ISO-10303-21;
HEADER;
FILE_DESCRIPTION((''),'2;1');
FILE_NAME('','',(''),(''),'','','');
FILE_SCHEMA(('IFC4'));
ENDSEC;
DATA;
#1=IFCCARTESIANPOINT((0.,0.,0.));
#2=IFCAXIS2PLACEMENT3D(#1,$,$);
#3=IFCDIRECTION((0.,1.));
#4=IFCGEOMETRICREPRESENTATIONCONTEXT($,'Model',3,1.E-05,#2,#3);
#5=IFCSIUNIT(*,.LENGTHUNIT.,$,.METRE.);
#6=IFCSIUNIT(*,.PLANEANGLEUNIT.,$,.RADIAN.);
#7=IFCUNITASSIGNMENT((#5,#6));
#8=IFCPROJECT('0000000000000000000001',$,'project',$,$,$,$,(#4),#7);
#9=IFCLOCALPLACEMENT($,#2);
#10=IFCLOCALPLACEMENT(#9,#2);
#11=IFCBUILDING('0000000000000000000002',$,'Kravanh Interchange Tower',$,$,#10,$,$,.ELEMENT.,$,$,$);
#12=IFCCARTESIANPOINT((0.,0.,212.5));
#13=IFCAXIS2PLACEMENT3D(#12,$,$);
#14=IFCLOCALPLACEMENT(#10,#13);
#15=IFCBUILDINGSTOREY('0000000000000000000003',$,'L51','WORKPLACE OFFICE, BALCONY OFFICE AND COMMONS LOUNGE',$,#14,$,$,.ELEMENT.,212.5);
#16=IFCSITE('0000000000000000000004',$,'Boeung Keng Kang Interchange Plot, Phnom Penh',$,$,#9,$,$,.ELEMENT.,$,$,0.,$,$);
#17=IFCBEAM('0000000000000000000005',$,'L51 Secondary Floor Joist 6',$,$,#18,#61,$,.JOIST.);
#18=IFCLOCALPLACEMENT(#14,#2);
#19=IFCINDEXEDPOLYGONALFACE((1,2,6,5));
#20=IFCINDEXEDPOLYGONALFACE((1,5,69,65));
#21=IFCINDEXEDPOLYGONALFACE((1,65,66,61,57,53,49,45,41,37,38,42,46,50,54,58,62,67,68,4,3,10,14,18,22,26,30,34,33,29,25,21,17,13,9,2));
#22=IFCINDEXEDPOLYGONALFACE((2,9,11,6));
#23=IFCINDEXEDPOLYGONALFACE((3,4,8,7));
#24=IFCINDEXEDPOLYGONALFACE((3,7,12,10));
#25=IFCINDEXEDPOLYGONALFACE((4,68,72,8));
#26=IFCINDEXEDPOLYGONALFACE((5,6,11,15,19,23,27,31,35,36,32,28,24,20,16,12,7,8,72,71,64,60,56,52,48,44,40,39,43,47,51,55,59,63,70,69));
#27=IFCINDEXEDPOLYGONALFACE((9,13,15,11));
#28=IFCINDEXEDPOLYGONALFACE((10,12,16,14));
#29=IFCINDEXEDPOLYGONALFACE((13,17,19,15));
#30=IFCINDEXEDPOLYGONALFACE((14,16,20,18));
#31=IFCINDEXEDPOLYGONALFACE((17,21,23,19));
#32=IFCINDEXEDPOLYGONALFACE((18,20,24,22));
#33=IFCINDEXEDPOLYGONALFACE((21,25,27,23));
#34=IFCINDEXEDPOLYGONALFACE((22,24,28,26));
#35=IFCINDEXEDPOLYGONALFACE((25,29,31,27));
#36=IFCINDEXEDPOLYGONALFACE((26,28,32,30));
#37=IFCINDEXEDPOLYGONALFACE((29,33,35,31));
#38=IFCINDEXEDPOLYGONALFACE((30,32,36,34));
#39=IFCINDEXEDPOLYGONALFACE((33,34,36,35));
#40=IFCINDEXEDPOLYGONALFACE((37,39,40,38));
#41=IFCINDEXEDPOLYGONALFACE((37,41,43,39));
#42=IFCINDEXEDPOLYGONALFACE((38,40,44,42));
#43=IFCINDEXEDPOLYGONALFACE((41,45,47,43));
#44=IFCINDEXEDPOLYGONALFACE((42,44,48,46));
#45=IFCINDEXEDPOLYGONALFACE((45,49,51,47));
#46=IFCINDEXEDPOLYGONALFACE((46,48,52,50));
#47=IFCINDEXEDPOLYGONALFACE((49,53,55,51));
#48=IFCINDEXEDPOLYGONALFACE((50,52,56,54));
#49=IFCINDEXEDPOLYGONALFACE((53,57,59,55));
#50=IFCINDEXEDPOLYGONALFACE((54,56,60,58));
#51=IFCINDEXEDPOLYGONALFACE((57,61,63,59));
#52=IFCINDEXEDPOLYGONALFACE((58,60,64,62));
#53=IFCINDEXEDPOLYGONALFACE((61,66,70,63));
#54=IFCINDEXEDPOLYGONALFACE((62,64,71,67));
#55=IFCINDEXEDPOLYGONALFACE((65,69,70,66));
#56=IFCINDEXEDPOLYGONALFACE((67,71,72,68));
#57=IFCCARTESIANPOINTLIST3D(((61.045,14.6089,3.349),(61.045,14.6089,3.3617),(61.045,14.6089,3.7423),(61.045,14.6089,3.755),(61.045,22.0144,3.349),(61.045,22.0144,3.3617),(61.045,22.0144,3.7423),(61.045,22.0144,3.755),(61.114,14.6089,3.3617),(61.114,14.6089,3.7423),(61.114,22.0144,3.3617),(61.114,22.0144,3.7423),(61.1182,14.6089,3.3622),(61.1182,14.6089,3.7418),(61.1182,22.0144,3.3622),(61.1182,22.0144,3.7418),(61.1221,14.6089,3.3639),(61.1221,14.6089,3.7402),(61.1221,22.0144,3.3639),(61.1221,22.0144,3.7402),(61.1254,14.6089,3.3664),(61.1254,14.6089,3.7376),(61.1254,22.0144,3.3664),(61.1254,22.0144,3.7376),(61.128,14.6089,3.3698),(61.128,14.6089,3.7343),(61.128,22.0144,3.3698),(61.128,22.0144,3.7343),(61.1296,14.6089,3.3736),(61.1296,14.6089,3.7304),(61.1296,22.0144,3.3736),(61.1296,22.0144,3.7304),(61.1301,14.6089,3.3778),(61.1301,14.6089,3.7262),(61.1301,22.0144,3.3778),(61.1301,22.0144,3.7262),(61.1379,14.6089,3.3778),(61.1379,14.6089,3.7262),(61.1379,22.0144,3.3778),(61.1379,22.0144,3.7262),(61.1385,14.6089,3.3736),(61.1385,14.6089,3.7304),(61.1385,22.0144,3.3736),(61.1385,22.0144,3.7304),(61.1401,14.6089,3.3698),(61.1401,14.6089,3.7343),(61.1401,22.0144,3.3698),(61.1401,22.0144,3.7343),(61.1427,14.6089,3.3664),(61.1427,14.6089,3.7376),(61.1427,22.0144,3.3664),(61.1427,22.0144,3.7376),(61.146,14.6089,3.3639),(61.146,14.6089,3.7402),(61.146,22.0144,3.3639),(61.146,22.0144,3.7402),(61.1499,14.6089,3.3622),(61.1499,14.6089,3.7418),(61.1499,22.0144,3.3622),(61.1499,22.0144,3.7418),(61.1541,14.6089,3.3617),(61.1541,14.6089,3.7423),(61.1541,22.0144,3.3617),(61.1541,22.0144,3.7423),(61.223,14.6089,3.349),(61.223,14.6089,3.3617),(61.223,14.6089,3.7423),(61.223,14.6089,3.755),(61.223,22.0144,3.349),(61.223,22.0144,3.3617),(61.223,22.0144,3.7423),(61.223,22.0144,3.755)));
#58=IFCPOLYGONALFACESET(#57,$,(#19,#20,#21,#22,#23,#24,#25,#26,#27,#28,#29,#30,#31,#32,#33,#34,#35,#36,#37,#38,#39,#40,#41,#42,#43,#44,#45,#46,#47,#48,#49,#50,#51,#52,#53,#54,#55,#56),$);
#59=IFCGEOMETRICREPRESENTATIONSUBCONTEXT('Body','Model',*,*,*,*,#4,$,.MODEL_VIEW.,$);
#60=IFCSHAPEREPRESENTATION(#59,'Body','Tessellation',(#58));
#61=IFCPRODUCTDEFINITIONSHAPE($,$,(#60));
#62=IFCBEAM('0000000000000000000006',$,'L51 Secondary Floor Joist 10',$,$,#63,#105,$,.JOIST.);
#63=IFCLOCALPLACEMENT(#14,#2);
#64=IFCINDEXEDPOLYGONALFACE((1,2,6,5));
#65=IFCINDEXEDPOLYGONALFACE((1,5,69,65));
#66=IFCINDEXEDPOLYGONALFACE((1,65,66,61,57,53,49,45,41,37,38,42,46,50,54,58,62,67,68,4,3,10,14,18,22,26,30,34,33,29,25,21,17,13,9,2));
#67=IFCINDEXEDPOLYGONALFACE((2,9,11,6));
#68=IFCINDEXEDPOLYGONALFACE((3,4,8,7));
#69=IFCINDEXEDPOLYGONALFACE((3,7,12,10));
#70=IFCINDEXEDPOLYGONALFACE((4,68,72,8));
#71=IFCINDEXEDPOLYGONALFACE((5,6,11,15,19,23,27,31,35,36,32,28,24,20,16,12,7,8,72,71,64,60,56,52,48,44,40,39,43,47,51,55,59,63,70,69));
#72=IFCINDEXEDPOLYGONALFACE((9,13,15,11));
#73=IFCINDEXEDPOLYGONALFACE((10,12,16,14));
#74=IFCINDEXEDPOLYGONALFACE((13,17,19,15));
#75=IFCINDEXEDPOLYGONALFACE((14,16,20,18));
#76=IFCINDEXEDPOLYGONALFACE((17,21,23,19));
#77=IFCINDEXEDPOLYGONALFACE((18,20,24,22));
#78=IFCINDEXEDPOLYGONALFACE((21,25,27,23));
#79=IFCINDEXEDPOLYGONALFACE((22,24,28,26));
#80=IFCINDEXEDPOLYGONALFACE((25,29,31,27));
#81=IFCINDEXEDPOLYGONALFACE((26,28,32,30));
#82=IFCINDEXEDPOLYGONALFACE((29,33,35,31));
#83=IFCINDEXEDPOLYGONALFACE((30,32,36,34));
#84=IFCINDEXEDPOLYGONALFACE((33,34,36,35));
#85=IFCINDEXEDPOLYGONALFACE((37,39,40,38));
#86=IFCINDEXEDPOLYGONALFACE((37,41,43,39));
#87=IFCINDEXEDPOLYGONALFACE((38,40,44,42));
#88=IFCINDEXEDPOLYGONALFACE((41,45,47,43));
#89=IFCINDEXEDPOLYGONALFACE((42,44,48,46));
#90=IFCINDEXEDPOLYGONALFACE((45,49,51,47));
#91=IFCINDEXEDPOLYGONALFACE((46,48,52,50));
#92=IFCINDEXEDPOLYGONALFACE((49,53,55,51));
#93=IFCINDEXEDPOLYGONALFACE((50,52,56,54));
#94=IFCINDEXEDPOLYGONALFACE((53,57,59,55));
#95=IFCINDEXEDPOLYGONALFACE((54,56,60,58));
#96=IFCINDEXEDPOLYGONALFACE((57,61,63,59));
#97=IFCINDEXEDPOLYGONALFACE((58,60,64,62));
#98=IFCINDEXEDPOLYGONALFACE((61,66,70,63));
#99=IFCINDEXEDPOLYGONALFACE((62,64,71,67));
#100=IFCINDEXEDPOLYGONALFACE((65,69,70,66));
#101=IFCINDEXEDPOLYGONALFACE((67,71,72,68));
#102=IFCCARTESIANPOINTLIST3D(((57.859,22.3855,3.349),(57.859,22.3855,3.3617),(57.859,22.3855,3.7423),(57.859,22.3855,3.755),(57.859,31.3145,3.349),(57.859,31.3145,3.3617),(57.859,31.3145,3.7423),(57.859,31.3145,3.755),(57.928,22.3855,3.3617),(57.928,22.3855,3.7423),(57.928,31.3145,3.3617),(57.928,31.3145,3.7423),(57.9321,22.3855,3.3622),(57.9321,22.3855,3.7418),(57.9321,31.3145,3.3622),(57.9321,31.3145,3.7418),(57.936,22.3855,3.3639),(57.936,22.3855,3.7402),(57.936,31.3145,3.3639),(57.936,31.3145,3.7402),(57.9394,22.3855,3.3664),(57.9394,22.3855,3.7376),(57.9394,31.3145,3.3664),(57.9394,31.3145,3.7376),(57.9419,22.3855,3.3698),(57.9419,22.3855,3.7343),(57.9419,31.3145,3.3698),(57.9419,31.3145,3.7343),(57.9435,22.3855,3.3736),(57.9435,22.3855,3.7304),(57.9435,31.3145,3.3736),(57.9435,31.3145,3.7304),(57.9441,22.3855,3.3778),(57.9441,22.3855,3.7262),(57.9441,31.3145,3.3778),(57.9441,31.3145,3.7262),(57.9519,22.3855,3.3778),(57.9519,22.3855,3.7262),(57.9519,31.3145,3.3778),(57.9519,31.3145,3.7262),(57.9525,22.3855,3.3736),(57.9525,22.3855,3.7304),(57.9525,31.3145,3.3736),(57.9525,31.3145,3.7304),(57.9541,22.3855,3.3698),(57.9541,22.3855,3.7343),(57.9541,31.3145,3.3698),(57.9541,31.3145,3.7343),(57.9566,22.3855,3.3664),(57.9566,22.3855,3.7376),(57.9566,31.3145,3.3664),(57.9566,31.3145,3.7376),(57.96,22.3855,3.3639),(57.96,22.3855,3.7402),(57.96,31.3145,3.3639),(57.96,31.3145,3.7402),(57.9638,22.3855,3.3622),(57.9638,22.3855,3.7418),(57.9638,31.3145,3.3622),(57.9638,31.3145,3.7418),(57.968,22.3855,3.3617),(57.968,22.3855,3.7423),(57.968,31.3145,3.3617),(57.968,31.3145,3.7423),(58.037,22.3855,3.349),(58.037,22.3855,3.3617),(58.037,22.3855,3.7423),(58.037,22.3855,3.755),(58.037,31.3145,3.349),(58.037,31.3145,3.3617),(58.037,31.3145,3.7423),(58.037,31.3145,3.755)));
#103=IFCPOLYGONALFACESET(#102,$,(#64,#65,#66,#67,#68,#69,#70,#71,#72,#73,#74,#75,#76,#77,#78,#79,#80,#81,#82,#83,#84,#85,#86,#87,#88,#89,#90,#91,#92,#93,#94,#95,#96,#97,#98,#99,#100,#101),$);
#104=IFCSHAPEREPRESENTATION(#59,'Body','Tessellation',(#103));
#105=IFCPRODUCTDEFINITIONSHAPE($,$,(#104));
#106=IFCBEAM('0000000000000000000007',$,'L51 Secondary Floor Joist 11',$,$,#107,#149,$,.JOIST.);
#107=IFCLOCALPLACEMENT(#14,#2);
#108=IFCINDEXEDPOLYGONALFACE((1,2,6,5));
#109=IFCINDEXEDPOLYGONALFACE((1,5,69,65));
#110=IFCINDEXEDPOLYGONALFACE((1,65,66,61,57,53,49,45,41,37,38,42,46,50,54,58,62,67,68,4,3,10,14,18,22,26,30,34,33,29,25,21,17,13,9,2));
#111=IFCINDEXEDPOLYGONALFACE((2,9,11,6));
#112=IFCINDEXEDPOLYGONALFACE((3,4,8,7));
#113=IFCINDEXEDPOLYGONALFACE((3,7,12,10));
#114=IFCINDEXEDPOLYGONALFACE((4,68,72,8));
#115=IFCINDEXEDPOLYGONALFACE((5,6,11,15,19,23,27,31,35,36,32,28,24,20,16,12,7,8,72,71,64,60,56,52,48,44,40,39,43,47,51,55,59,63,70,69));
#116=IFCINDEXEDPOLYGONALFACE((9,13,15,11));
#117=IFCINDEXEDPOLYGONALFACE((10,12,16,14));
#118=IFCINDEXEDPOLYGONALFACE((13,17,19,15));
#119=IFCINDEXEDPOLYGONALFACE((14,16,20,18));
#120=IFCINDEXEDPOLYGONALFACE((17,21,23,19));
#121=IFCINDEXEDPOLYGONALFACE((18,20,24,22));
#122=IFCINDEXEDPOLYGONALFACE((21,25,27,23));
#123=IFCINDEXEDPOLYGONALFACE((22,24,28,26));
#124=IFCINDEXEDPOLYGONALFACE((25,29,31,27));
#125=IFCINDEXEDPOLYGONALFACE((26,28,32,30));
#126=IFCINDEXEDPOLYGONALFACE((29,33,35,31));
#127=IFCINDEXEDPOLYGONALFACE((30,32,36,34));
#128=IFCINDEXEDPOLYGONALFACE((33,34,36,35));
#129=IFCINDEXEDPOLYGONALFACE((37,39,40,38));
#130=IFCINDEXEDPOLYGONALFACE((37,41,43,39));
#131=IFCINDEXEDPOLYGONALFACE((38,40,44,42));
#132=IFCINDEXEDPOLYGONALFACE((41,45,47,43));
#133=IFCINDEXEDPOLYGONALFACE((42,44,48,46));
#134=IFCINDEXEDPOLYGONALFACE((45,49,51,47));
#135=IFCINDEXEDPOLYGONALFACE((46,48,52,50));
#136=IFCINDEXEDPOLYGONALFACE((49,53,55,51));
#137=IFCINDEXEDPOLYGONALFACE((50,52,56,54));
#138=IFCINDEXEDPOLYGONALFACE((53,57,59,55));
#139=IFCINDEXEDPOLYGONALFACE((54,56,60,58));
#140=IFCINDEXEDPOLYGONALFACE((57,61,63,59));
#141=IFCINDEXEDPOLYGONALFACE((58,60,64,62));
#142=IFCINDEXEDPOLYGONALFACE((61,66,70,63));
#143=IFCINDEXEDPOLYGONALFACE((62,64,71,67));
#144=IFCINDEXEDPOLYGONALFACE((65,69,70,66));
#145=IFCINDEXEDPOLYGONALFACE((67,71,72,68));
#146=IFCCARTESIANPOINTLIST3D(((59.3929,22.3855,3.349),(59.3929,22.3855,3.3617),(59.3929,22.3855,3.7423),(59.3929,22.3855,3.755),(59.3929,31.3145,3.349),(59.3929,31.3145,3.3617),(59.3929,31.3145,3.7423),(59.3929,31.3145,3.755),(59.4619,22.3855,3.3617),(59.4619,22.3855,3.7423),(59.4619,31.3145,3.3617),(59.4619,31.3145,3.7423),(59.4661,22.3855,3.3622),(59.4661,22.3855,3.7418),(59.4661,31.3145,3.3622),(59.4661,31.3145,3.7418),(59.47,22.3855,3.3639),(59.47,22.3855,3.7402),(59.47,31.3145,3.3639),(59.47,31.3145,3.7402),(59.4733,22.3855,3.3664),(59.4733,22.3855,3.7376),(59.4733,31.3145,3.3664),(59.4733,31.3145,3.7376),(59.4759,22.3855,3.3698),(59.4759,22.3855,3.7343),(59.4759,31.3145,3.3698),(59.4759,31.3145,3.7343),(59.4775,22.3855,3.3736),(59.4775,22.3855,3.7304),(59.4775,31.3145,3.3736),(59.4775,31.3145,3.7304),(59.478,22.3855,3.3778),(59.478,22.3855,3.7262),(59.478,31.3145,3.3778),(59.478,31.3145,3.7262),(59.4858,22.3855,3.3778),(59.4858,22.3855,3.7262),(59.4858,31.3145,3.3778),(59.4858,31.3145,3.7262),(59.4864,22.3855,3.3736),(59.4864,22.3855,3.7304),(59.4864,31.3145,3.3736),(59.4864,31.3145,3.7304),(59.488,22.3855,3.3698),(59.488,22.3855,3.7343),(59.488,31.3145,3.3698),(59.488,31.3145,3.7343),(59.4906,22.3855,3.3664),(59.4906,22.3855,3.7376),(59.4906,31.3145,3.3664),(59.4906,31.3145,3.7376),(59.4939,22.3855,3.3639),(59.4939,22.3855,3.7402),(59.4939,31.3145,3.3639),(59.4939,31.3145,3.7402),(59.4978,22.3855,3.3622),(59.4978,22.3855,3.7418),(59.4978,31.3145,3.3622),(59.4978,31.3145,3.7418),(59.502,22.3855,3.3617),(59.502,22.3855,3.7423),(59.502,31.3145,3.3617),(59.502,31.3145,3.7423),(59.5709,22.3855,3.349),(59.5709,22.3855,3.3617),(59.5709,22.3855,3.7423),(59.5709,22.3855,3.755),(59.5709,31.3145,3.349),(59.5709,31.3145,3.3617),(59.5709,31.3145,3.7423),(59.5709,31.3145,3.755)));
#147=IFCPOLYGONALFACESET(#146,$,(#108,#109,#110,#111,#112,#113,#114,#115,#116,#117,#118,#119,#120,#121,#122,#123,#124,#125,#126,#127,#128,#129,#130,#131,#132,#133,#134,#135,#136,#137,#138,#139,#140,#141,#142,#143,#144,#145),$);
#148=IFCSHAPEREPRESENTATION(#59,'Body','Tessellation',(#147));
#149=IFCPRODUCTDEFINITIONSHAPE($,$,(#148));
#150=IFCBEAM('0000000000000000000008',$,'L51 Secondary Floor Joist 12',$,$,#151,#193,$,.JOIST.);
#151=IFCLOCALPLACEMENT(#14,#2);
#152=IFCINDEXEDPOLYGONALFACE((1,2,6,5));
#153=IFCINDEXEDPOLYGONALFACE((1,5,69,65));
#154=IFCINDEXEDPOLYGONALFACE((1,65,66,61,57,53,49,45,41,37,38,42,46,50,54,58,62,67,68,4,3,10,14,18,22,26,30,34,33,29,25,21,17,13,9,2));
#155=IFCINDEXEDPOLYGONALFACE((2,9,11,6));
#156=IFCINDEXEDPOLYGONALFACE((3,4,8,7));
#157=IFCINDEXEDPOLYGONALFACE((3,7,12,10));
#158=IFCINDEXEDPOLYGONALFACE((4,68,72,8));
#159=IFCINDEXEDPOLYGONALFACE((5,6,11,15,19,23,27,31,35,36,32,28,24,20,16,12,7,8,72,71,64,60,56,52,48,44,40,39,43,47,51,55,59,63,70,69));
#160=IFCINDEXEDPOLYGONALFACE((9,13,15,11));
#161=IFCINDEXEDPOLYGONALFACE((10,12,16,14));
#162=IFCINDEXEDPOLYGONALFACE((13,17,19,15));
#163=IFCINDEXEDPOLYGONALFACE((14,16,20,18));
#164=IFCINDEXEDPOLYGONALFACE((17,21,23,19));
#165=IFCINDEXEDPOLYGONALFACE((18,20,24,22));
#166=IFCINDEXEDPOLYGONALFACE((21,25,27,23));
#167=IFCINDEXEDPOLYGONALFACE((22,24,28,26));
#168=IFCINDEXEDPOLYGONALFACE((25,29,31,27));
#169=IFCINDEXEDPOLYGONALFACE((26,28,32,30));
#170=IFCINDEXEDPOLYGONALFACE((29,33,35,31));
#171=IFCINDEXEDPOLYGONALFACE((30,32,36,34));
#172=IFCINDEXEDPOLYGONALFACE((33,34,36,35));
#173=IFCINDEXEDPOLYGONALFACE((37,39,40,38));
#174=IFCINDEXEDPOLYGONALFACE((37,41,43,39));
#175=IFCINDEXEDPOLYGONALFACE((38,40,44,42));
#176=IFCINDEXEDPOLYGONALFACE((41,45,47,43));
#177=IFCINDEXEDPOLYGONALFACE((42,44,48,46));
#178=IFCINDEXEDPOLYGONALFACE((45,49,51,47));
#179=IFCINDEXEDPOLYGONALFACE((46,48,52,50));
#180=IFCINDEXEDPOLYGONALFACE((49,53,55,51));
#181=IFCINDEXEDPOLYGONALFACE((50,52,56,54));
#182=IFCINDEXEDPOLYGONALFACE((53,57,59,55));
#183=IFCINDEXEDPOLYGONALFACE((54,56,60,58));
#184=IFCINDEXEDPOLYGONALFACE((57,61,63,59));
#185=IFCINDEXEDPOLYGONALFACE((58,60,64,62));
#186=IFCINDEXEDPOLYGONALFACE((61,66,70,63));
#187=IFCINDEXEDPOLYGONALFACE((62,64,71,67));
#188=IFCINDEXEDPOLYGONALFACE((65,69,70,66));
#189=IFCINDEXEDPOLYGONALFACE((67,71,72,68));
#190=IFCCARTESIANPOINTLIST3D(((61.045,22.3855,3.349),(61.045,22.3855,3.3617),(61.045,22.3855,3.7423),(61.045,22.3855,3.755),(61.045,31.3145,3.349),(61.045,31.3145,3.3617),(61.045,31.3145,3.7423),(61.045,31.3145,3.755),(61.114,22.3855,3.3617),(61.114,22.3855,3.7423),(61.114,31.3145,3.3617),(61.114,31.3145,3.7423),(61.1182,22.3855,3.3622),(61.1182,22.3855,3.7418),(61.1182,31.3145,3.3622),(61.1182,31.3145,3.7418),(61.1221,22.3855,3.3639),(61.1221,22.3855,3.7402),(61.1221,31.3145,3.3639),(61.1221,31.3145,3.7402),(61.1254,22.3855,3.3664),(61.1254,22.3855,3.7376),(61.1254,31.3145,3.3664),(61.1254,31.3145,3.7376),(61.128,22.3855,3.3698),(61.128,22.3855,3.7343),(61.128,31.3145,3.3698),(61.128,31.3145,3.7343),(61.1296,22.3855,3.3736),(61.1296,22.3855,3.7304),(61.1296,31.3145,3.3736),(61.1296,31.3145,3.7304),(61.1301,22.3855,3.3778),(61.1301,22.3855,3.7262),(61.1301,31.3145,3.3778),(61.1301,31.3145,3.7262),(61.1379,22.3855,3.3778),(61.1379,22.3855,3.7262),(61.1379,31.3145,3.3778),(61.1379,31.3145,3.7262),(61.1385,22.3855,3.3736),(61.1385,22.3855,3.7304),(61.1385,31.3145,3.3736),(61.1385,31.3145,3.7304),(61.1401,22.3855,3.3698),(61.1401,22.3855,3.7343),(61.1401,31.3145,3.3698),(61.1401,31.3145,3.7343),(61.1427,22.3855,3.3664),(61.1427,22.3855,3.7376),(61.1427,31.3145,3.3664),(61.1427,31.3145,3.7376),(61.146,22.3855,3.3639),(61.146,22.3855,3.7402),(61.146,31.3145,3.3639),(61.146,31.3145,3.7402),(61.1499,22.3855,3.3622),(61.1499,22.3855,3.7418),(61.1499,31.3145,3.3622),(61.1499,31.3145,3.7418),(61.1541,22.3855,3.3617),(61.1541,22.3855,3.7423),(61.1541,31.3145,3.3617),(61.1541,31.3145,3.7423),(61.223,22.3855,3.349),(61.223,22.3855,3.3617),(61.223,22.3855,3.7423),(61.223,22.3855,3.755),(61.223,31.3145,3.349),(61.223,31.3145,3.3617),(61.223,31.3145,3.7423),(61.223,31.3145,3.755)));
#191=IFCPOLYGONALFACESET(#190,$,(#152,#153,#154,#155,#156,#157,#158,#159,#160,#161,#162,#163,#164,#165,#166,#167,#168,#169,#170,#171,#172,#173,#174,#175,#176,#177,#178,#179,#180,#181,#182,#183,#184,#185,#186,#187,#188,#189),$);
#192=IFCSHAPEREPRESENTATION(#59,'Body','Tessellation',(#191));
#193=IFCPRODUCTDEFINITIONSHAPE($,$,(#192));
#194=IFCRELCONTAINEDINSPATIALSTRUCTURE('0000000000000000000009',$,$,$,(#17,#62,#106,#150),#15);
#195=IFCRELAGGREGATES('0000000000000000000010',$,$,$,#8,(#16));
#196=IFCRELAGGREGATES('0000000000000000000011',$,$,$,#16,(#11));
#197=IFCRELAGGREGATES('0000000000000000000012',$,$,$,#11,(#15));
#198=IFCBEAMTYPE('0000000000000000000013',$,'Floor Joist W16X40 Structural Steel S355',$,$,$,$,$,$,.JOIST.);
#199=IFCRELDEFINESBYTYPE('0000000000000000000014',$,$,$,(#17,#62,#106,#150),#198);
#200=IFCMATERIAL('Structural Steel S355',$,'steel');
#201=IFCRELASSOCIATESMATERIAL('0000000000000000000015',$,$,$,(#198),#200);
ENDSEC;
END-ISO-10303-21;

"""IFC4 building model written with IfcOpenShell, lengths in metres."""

from ifc_helpers import new_model, si_unit, direction, frame, origin, origin_2d, place, context, subcontext, project, spatial, i_section, extrude, material, material_profile, profile_set, type_object, element, save


model = new_model("IFC4")

# Units and contexts
model_context = context("Model", 3, precision=1e-05, world=origin(), true_north=direction((0.0, 1.0)))
body_context = subcontext(model_context, "Body", "Model", "MODEL_VIEW")
ifc_project = project(units=[si_unit("LENGTHUNIT", "METRE"), si_unit("PLANEANGLEUNIT", "RADIAN")], contexts=[model_context])

# Site, building, storey
site_placement = place(None, origin())
site = spatial("IfcSite", under=ifc_project, at=site_placement, Name="Boeung Keng Kang Interchange Plot, Phnom Penh", CompositionType="ELEMENT", RefElevation=0.0)
building_placement = place(site_placement, origin())
building = spatial("IfcBuilding", under=site, at=building_placement, Name="Kravanh Interchange Tower", CompositionType="ELEMENT")
storey_placement = place(building_placement, frame((0.0, 0.0, 212.5)))
storey = spatial("IfcBuildingStorey", under=building, at=storey_placement, Name="L51", Description="WORKPLACE OFFICE, BALCONY OFFICE AND COMMONS LOUNGE", CompositionType="ELEMENT", Elevation=212.5)

# Beams
ifc_material_1 = material(Name="Structural Steel S355", Category="steel")
ifc_material_profile_1 = material_profile(ifc_material_1, i_section(OverallWidth=0.178, OverallDepth=0.406, WebThickness=0.0078, FlangeThickness=0.0127, FilletRadius=0.0161, at=origin_2d()), Name="W16X40")
ifc_profile_set_1 = profile_set([ifc_material_profile_1], Name="Structural Steel S355")
beam_type_1 = type_object("IfcBeamType", Name="Floor Joist W16X40 Structural Steel S355", PredefinedType="JOIST", material=ifc_profile_set_1)
for number, where, z_axis, x_axis, name in (
    (1, (61.134, 14.6089, 3.552), (0.0, 1.0, 0.0), (-1.0, 0.0, 0.0), "L51 Secondary Floor Joist 6"),
):
    element("IfcBeam", number, at=place(storey_placement, frame(where, z_axis=z_axis, x_axis=x_axis)), inside=storey, type_object=beam_type_1, Name=name, PredefinedType="JOIST", context=body_context, shape_type="SweptSolid", body=[
        extrude(i_section(OverallWidth=0.178, OverallDepth=0.406, WebThickness=0.0078, FlangeThickness=0.0127, FilletRadius=0.0161, at=origin_2d()), origin(), (0.0, 0.0, 1.0), 7.4055),
    ])
for number, where, z_axis, x_axis, name in (
    (2, (57.948, 22.3855, 3.552), (0.0, 1.0, 0.0), (-1.0, 0.0, 0.0), "L51 Secondary Floor Joist 10"),
    (3, (59.4819, 22.3855, 3.552), (0.0, 1.0, 0.0), (-1.0, 0.0, 0.0), "L51 Secondary Floor Joist 11"),
    (4, (61.134, 22.3855, 3.552), (0.0, 1.0, 0.0), (-1.0, 0.0, 0.0), "L51 Secondary Floor Joist 12"),
):
    element("IfcBeam", number, at=place(storey_placement, frame(where, z_axis=z_axis, x_axis=x_axis)), inside=storey, type_object=beam_type_1, Name=name, PredefinedType="JOIST", context=body_context, shape_type="SweptSolid", body=[
        extrude(i_section(OverallWidth=0.178, OverallDepth=0.406, WebThickness=0.0078, FlangeThickness=0.0127, FilletRadius=0.0161, at=origin_2d()), origin(), (0.0, 0.0, 1.0), 8.929),
    ])

save(model, "model.ifc")
